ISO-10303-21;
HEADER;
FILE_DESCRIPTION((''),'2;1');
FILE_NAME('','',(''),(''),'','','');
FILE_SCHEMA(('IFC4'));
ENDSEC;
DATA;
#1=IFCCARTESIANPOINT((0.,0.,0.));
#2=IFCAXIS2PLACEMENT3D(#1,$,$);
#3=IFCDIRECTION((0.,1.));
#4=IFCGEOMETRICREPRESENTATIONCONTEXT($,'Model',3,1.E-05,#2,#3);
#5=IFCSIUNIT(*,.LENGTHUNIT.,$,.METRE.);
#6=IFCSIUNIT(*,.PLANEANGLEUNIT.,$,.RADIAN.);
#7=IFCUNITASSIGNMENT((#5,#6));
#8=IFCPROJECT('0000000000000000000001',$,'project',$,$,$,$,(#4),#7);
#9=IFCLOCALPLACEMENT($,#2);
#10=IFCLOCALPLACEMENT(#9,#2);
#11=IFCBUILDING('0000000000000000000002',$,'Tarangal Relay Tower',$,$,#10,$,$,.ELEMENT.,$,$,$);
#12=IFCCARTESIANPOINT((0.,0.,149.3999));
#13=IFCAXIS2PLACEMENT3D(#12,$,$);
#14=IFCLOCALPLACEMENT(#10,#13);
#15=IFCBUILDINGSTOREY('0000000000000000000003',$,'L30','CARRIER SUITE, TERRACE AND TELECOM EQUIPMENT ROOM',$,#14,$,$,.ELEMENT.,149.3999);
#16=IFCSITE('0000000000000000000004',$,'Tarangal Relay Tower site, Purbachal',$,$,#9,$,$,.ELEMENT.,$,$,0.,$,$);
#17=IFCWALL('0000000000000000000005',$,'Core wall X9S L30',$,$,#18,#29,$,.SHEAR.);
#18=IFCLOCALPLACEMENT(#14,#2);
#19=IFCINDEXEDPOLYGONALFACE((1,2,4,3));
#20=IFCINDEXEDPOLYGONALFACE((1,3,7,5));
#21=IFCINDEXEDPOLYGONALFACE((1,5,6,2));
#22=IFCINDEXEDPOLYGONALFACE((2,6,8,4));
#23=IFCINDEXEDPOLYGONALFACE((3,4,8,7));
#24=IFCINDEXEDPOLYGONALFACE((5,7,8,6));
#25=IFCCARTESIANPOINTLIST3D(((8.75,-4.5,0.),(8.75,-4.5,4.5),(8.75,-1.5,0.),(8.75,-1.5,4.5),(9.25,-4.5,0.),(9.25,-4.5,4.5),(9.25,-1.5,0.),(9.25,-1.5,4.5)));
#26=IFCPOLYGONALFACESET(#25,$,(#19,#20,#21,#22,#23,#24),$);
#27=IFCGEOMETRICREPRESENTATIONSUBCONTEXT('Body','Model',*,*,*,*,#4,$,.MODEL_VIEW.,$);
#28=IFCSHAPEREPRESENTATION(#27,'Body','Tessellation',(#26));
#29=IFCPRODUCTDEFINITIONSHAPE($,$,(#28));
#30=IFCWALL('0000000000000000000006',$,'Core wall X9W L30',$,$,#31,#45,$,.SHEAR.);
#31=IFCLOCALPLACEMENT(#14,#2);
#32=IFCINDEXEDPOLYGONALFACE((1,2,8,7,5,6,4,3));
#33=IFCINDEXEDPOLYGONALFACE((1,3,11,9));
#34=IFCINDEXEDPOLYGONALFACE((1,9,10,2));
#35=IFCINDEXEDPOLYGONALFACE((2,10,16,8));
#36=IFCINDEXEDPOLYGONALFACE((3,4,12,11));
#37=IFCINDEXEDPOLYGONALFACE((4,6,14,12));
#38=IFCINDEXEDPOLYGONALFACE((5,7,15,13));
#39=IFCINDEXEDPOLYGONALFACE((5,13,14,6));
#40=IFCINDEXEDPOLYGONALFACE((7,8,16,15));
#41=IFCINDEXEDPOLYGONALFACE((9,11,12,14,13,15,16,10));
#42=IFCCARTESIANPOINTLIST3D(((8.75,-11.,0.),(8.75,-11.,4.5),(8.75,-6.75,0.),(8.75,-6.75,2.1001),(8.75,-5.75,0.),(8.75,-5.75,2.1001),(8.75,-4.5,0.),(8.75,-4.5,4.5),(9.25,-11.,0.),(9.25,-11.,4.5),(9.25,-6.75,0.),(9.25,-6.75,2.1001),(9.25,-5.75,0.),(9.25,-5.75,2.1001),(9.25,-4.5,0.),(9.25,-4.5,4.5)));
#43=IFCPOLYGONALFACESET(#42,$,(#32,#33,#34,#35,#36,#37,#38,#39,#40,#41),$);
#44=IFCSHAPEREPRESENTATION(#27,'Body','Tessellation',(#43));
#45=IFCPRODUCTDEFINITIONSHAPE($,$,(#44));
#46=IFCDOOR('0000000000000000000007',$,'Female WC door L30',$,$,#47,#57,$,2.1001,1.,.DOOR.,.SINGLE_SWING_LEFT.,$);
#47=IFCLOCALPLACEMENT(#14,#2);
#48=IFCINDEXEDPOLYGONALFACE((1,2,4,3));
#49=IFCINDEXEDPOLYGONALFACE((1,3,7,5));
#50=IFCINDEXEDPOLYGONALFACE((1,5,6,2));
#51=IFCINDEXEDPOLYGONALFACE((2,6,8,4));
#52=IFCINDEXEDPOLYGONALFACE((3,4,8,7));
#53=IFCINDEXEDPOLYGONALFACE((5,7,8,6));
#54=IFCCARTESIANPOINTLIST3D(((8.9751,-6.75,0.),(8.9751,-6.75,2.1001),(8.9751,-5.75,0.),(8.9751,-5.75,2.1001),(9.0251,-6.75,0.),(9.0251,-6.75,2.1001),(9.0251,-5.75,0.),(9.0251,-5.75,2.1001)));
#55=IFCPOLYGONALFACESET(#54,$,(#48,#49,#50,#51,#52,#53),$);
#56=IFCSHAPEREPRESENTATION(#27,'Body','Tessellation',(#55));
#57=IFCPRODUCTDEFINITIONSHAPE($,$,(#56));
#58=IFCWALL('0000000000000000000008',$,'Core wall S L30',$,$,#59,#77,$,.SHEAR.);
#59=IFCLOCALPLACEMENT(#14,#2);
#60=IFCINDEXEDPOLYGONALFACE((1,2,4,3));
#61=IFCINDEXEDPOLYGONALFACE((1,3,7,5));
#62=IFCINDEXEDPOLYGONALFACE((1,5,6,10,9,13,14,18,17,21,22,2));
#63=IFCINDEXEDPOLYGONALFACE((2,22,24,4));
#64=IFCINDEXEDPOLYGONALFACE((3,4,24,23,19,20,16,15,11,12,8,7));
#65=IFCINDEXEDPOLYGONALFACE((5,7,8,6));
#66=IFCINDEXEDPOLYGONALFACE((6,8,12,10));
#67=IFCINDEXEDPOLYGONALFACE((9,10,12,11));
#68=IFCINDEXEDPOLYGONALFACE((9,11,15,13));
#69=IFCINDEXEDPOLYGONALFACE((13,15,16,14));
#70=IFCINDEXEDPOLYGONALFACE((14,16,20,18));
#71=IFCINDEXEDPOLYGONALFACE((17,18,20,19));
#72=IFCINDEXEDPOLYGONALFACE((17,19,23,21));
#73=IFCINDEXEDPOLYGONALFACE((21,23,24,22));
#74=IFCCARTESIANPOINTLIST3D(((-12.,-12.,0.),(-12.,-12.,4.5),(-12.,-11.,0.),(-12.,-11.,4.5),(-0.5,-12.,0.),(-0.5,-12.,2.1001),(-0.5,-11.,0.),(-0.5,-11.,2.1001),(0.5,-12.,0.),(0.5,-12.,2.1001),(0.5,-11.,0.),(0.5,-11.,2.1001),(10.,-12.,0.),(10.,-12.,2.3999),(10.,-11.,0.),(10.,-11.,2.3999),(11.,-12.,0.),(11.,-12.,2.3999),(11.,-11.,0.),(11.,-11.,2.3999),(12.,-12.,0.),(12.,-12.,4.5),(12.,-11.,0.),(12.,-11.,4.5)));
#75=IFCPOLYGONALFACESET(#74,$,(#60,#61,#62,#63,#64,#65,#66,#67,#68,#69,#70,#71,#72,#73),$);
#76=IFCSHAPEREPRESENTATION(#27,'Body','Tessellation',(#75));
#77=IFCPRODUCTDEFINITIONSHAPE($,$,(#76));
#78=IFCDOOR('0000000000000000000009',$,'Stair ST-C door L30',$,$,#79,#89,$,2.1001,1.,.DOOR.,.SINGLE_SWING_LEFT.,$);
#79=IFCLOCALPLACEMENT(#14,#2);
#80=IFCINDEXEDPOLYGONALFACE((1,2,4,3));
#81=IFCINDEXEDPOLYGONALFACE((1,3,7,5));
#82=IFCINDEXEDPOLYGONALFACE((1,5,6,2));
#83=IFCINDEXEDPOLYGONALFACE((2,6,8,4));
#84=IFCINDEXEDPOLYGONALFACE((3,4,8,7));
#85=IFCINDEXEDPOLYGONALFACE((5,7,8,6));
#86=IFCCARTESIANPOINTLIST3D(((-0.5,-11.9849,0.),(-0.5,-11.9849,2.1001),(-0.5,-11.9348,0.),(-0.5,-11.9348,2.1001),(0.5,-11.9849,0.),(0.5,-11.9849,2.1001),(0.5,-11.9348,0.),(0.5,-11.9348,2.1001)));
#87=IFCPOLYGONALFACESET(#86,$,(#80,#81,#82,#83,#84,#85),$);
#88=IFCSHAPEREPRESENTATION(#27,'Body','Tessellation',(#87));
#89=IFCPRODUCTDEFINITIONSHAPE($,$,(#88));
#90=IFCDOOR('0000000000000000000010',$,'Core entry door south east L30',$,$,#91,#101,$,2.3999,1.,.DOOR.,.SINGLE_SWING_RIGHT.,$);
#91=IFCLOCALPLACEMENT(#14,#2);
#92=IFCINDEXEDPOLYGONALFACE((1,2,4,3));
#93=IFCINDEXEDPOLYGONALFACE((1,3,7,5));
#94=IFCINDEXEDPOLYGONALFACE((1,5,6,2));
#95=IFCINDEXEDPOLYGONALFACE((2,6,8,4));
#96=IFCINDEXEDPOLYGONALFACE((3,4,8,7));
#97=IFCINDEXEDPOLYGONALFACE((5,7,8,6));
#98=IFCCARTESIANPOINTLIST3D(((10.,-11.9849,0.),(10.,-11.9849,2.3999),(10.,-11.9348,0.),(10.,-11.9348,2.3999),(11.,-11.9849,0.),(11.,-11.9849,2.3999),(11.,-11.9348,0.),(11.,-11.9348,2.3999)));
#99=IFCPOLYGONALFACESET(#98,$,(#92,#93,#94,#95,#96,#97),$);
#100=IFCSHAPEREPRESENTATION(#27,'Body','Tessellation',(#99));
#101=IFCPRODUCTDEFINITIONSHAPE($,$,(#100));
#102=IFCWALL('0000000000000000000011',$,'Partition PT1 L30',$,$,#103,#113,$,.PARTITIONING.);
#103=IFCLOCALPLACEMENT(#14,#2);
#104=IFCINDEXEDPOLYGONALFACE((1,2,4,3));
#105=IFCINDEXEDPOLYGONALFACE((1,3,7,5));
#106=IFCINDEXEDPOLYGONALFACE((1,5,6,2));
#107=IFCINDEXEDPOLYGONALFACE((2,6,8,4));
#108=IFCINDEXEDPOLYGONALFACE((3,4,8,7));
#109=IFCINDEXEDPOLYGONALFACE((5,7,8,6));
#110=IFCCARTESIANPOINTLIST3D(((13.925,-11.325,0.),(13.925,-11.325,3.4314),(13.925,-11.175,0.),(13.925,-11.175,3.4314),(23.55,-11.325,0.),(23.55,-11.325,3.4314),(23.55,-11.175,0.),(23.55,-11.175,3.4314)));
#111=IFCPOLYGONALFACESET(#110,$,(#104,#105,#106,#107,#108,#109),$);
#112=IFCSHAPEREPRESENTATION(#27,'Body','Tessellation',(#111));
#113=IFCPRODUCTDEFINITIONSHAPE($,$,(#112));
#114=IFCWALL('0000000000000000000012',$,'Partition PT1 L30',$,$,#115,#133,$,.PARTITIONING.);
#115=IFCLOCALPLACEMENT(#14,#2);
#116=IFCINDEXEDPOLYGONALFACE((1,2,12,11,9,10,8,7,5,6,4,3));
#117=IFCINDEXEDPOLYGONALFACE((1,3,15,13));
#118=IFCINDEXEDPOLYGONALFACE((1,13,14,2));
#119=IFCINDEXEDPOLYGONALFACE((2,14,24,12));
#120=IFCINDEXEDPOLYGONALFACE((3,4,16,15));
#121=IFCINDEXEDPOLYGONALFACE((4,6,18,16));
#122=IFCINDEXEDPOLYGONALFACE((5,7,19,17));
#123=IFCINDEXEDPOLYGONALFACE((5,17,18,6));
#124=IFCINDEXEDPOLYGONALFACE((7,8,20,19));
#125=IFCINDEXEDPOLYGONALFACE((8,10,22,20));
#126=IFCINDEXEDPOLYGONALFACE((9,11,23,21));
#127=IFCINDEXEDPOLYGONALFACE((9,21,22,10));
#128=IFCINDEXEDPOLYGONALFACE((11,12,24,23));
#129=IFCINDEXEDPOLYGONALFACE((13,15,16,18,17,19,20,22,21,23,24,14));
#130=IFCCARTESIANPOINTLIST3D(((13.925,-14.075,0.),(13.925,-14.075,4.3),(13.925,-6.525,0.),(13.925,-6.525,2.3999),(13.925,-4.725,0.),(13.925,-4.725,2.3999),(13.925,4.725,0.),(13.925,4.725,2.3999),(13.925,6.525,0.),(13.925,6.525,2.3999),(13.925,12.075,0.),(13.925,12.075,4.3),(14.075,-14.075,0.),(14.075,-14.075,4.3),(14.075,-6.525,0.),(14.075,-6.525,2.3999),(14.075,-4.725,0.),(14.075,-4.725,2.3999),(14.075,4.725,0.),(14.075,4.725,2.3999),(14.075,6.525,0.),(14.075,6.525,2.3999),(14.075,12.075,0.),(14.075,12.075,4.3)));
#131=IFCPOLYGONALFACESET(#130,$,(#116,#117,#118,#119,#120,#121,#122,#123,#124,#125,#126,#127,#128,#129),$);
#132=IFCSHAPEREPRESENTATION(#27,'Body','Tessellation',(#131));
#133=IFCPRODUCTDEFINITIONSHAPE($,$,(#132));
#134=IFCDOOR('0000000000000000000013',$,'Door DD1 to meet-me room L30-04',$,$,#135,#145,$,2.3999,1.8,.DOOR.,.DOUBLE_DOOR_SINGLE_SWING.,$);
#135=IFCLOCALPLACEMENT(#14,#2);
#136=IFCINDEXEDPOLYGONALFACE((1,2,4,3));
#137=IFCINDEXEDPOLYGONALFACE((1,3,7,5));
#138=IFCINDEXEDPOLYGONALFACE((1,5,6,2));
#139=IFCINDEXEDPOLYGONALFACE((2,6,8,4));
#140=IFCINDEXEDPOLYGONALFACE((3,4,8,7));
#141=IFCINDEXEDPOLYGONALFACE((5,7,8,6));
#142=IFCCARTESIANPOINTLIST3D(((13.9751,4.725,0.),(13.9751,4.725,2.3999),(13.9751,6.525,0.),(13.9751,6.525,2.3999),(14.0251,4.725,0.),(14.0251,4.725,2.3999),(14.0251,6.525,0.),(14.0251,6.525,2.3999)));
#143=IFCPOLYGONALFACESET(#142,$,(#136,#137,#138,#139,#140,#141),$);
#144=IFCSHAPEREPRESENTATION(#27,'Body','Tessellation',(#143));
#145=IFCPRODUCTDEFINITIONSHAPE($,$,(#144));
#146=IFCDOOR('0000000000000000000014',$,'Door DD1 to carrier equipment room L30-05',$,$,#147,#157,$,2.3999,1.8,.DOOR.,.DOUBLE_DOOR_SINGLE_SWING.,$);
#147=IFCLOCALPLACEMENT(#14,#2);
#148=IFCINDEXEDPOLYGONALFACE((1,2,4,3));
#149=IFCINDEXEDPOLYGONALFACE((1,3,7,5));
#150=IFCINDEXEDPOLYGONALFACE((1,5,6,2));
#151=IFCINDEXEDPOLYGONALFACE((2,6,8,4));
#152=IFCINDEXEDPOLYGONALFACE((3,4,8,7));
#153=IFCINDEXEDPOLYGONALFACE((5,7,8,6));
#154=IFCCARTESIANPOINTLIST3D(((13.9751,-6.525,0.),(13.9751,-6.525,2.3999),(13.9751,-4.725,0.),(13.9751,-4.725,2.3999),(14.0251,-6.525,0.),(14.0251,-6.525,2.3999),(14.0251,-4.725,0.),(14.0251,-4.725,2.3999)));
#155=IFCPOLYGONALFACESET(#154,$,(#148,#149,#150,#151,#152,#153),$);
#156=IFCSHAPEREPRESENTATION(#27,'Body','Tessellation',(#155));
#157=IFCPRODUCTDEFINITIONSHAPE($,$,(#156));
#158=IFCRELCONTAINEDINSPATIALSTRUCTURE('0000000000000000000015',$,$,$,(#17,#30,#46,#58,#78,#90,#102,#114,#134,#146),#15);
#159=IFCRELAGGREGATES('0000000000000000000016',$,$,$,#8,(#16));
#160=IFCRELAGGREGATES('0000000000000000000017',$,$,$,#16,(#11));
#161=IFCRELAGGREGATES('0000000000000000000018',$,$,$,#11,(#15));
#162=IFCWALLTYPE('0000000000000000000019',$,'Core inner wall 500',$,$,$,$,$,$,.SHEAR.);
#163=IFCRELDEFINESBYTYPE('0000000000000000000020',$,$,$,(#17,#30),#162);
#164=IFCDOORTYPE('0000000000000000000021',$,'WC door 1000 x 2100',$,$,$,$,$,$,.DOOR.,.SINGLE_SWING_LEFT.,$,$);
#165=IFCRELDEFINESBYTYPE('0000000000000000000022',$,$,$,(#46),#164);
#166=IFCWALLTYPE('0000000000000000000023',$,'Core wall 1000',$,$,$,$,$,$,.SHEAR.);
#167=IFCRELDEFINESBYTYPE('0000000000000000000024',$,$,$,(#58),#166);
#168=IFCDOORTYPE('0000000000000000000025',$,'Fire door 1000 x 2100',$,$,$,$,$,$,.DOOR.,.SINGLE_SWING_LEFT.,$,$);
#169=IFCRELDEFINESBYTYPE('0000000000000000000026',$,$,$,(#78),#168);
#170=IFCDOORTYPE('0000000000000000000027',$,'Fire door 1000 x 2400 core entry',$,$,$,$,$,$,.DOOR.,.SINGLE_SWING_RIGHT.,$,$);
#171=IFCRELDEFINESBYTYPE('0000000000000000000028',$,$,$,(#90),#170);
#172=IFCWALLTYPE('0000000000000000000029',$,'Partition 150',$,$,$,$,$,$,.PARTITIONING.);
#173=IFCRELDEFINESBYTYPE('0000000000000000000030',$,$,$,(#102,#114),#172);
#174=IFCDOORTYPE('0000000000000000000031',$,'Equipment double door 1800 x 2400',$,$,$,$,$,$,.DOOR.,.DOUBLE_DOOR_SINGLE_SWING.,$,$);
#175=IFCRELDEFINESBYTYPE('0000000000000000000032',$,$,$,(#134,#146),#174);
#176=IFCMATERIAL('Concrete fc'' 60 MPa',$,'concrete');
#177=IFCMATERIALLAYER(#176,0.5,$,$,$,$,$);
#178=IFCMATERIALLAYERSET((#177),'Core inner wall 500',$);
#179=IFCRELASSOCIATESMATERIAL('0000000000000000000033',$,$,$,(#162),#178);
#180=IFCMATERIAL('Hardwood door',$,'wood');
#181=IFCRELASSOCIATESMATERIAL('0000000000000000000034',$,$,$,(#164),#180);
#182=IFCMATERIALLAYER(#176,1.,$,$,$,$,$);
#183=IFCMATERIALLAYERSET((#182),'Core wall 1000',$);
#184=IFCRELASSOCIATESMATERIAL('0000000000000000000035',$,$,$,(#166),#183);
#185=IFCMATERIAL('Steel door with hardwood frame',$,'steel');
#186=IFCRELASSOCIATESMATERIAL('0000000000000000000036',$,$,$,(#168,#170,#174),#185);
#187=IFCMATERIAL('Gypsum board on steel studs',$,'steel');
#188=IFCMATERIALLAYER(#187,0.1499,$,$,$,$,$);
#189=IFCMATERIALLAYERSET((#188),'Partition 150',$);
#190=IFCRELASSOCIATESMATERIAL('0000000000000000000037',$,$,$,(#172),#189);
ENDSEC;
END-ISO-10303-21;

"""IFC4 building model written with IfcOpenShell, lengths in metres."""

from ifc_helpers import new_model, si_unit, direction, frame, frame_2d, origin, place, context, subcontext, project, spatial, rectangle, extrude, material, layer, layer_set, type_object, element, fill, save


model = new_model("IFC4")

# Units and contexts
model_context = context("Model", 3, precision=1e-05, world=origin(), true_north=direction((0.0, 1.0)))
body_context = subcontext(model_context, "Body", "Model", "MODEL_VIEW")
ifc_project = project(units=[si_unit("LENGTHUNIT", "METRE"), si_unit("PLANEANGLEUNIT", "RADIAN")], contexts=[model_context])

# Site, building, storey
site_placement = place(None, origin())
site = spatial("IfcSite", under=ifc_project, at=site_placement, Name="Tarangal Relay Tower site, Purbachal", CompositionType="ELEMENT", RefElevation=0.0)
building_placement = place(site_placement, origin())
building = spatial("IfcBuilding", under=site, at=building_placement, Name="Tarangal Relay Tower", CompositionType="ELEMENT")
storey_placement = place(building_placement, frame((0.0, 0.0, 149.3999)))
storey = spatial("IfcBuildingStorey", under=building, at=storey_placement, Name="L30", Description="CARRIER SUITE, TERRACE AND TELECOM EQUIPMENT ROOM", CompositionType="ELEMENT", Elevation=149.3999)

# Wall
ifc_material_1 = material(Name="Concrete fc' 60 MPa", Category="concrete")
ifc_layer_1 = layer(ifc_material_1, 0.5)
ifc_layer_set_1 = layer_set([ifc_layer_1], Name="Core inner wall 500")
wall_type_1 = type_object("IfcWallType", Name="Core inner wall 500", PredefinedType="SHEAR", material=ifc_layer_set_1)
wall_1_placement = place(storey_placement, frame((9.0, -4.5, 0.0), z_axis=(0.0, 0.0, 1.0), x_axis=(0.0, 1.0, 0.0)))
element("IfcWall", 1, at=wall_1_placement, inside=storey, type_object=wall_type_1, Name="Core wall X9S L30", PredefinedType="SHEAR", context=body_context, shape_type="SweptSolid", body=[
    extrude(rectangle(XDim=3.0, YDim=0.5, at=frame_2d((1.5, 0.0))), origin(), (0.0, 0.0, 1.0), 4.5),
])

# Wall, opening, door
wall_2_placement = place(storey_placement, frame((9.0, -11.0, 0.0), z_axis=(0.0, 0.0, 1.0), x_axis=(0.0, 1.0, 0.0)))
wall_2 = element("IfcWall", 2, at=wall_2_placement, inside=storey, type_object=wall_type_1, Name="Core wall X9W L30", PredefinedType="SHEAR", context=body_context, shape_type="SweptSolid", body=[
    extrude(rectangle(XDim=6.5, YDim=0.5, at=frame_2d((3.25, 0.0))), origin(), (0.0, 0.0, 1.0), 4.5),
])
opening_1_placement = place(wall_2_placement, frame((4.25, 0.0, 0.0)))
opening_1 = element("IfcOpeningElement", 3, at=opening_1_placement, cuts=wall_2, PredefinedType="OPENING", context=body_context, shape_type="SweptSolid", body=[
    extrude(rectangle(XDim=1.0, YDim=2.1001, at=frame_2d((0.5, 1.05))), frame((0.0, 0.26, 0.0), z_axis=(0.0, -1.0, 0.0), x_axis=(1.0, 0.0, 0.0)), (0.0, 0.0, 1.0), 0.52),
])
ifc_material_2 = material(Name="Hardwood door", Category="wood")
door_type_1 = type_object("IfcDoorType", Name="WC door 1000 x 2100", OperationType="SINGLE_SWING_LEFT", PredefinedType="DOOR", material=ifc_material_2)
door_1_placement = place(opening_1_placement, origin())
door_1 = element("IfcDoor", 4, at=door_1_placement, inside=storey, type_object=door_type_1, Name="Female WC door L30", OperationType="SINGLE_SWING_LEFT", OverallHeight=2.1001, OverallWidth=1.0, PredefinedType="DOOR", context=body_context, shape_type="SweptSolid", body=[
    extrude(rectangle(XDim=1.0, YDim=2.1001, at=frame_2d((0.5, 1.05))), frame((0.0, 0.0249, 0.0), z_axis=(0.0, -1.0, 0.0), x_axis=(1.0, 0.0, 0.0)), (0.0, 0.0, 1.0), 0.05),
])
fill(opening_1, door_1)

# Wall, openings, doors
ifc_layer_2 = layer(ifc_material_1, 1.0)
ifc_layer_set_2 = layer_set([ifc_layer_2], Name="Core wall 1000")
wall_type_2 = type_object("IfcWallType", Name="Core wall 1000", PredefinedType="SHEAR", material=ifc_layer_set_2)
wall_3_placement = place(storey_placement, frame((12.0, -11.5, 0.0), z_axis=(0.0, 0.0, 1.0), x_axis=(-1.0, 0.0, 0.0)))
wall_3 = element("IfcWall", 5, at=wall_3_placement, inside=storey, type_object=wall_type_2, Name="Core wall S L30", PredefinedType="SHEAR", context=body_context, shape_type="SweptSolid", body=[
    extrude(rectangle(XDim=24.0, YDim=1.0, at=frame_2d((12.0, 0.0))), origin(), (0.0, 0.0, 1.0), 4.5),
])
opening_2_placement = place(wall_3_placement, frame((11.5, 0.0, 0.0)))
opening_2 = element("IfcOpeningElement", 6, at=opening_2_placement, cuts=wall_3, PredefinedType="OPENING", context=body_context, shape_type="SweptSolid", body=[
    extrude(rectangle(XDim=1.0, YDim=2.1001, at=frame_2d((0.5, 1.05))), frame((0.0, 0.51, 0.0), z_axis=(0.0, -1.0, 0.0), x_axis=(1.0, 0.0, 0.0)), (0.0, 0.0, 1.0), 1.02),
])
opening_3_placement = place(wall_3_placement, frame((1.0, 0.0, 0.0)))
opening_3 = element("IfcOpeningElement", 7, at=opening_3_placement, cuts=wall_3, PredefinedType="OPENING", context=body_context, shape_type="SweptSolid", body=[
    extrude(rectangle(XDim=1.0, YDim=2.3999, at=frame_2d((0.5, 1.2))), frame((0.0, 0.51, 0.0), z_axis=(0.0, -1.0, 0.0), x_axis=(1.0, 0.0, 0.0)), (0.0, 0.0, 1.0), 1.02),
])
ifc_material_3 = material(Name="Steel door with hardwood frame", Category="steel")
door_type_2 = type_object("IfcDoorType", Name="Fire door 1000 x 2100", OperationType="SINGLE_SWING_LEFT", PredefinedType="DOOR", material=ifc_material_3)
door_2_placement = place(opening_2_placement, origin())
door_2 = element("IfcDoor", 8, at=door_2_placement, inside=storey, type_object=door_type_2, Name="Stair ST-C door L30", OperationType="SINGLE_SWING_LEFT", OverallHeight=2.1001, OverallWidth=1.0, PredefinedType="DOOR", context=body_context, shape_type="SweptSolid", body=[
    extrude(rectangle(XDim=1.0, YDim=2.1001, at=frame_2d((0.5, 1.05))), frame((0.0, 0.4849, 0.0), z_axis=(0.0, -1.0, 0.0), x_axis=(1.0, 0.0, 0.0)), (0.0, 0.0, 1.0), 0.05),
])
fill(opening_2, door_2)
door_type_3 = type_object("IfcDoorType", Name="Fire door 1000 x 2400 core entry", OperationType="SINGLE_SWING_RIGHT", PredefinedType="DOOR", material=ifc_material_3)
door_3_placement = place(opening_3_placement, origin())
door_3 = element("IfcDoor", 9, at=door_3_placement, inside=storey, type_object=door_type_3, Name="Core entry door south east L30", OperationType="SINGLE_SWING_RIGHT", OverallHeight=2.3999, OverallWidth=1.0, PredefinedType="DOOR", context=body_context, shape_type="SweptSolid", body=[
    extrude(rectangle(XDim=1.0, YDim=2.3999, at=frame_2d((0.5, 1.2))), frame((0.0, 0.4849, 0.0), z_axis=(0.0, -1.0, 0.0), x_axis=(1.0, 0.0, 0.0)), (0.0, 0.0, 1.0), 0.05),
])
fill(opening_3, door_3)

# Wall
ifc_material_4 = material(Name="Gypsum board on steel studs", Category="steel")
ifc_layer_3 = layer(ifc_material_4, 0.1499)
ifc_layer_set_3 = layer_set([ifc_layer_3], Name="Partition 150")
wall_type_3 = type_object("IfcWallType", Name="Partition 150", PredefinedType="PARTITIONING", material=ifc_layer_set_3)
wall_4_placement = place(storey_placement, frame((13.925, -11.25, 0.0), z_axis=(0.0, 0.0, 1.0), x_axis=(1.0, 0.0, 0.0)))
element("IfcWall", 10, at=wall_4_placement, inside=storey, type_object=wall_type_3, Name="Partition PT1 L30", PredefinedType="PARTITIONING", context=body_context, shape_type="SweptSolid", body=[
    extrude(rectangle(XDim=9.625, YDim=0.1499, at=frame_2d((4.8125, 0.0))), origin(), (0.0, 0.0, 1.0), 3.4314),
])

# Wall, openings, doors
wall_5_placement = place(storey_placement, frame((14.0, -14.075, 0.0), z_axis=(0.0, 0.0, 1.0), x_axis=(0.0, 1.0, 0.0)))
wall_5 = element("IfcWall", 11, at=wall_5_placement, inside=storey, type_object=wall_type_3, Name="Partition PT1 L30", PredefinedType="PARTITIONING", context=body_context, shape_type="SweptSolid", body=[
    extrude(rectangle(XDim=26.1499, YDim=0.1499, at=frame_2d((13.075, 0.0))), origin(), (0.0, 0.0, 1.0), 4.3),
])
opening_4_placement = place(wall_5_placement, frame((18.8, 0.0, 0.0)))
opening_4 = element("IfcOpeningElement", 12, at=opening_4_placement, cuts=wall_5, PredefinedType="OPENING", context=body_context, shape_type="SweptSolid", body=[
    extrude(rectangle(XDim=1.8, YDim=2.3999, at=frame_2d((0.8999, 1.2))), frame((0.0, 0.085, 0.0), z_axis=(0.0, -1.0, 0.0), x_axis=(1.0, 0.0, 0.0)), (0.0, 0.0, 1.0), 0.1699),
])
opening_5_placement = place(wall_5_placement, frame((7.55, 0.0, 0.0)))
opening_5 = element("IfcOpeningElement", 13, at=opening_5_placement, cuts=wall_5, PredefinedType="OPENING", context=body_context, shape_type="SweptSolid", body=[
    extrude(rectangle(XDim=1.8, YDim=2.3999, at=frame_2d((0.8999, 1.2))), frame((0.0, 0.085, 0.0), z_axis=(0.0, -1.0, 0.0), x_axis=(1.0, 0.0, 0.0)), (0.0, 0.0, 1.0), 0.1699),
])
door_type_4 = type_object("IfcDoorType", Name="Equipment double door 1800 x 2400", OperationType="DOUBLE_DOOR_SINGLE_SWING", PredefinedType="DOOR", material=ifc_material_3)
door_4_placement = place(opening_4_placement, origin())
door_4 = element("IfcDoor", 14, at=door_4_placement, inside=storey, type_object=door_type_4, Name="Door DD1 to meet-me room L30-04", OperationType="DOUBLE_DOOR_SINGLE_SWING", OverallHeight=2.3999, OverallWidth=1.8, PredefinedType="DOOR", context=body_context, shape_type="SweptSolid", body=[
    extrude(rectangle(XDim=1.8, YDim=2.3999, at=frame_2d((0.8999, 1.2))), frame((0.0, 0.0249, 0.0), z_axis=(0.0, -1.0, 0.0), x_axis=(1.0, 0.0, 0.0)), (0.0, 0.0, 1.0), 0.05),
])
fill(opening_4, door_4)
door_5_placement = place(opening_5_placement, origin())
door_5 = element("IfcDoor", 15, at=door_5_placement, inside=storey, type_object=door_type_4, Name="Door DD1 to carrier equipment room L30-05", OperationType="DOUBLE_DOOR_SINGLE_SWING", OverallHeight=2.3999, OverallWidth=1.8, PredefinedType="DOOR", context=body_context, shape_type="SweptSolid", body=[
    extrude(rectangle(XDim=1.8, YDim=2.3999, at=frame_2d((0.8999, 1.2))), frame((0.0, 0.0249, 0.0), z_axis=(0.0, -1.0, 0.0), x_axis=(1.0, 0.0, 0.0)), (0.0, 0.0, 1.0), 0.05),
])
fill(opening_5, door_5)

save(model, "model.ifc")
